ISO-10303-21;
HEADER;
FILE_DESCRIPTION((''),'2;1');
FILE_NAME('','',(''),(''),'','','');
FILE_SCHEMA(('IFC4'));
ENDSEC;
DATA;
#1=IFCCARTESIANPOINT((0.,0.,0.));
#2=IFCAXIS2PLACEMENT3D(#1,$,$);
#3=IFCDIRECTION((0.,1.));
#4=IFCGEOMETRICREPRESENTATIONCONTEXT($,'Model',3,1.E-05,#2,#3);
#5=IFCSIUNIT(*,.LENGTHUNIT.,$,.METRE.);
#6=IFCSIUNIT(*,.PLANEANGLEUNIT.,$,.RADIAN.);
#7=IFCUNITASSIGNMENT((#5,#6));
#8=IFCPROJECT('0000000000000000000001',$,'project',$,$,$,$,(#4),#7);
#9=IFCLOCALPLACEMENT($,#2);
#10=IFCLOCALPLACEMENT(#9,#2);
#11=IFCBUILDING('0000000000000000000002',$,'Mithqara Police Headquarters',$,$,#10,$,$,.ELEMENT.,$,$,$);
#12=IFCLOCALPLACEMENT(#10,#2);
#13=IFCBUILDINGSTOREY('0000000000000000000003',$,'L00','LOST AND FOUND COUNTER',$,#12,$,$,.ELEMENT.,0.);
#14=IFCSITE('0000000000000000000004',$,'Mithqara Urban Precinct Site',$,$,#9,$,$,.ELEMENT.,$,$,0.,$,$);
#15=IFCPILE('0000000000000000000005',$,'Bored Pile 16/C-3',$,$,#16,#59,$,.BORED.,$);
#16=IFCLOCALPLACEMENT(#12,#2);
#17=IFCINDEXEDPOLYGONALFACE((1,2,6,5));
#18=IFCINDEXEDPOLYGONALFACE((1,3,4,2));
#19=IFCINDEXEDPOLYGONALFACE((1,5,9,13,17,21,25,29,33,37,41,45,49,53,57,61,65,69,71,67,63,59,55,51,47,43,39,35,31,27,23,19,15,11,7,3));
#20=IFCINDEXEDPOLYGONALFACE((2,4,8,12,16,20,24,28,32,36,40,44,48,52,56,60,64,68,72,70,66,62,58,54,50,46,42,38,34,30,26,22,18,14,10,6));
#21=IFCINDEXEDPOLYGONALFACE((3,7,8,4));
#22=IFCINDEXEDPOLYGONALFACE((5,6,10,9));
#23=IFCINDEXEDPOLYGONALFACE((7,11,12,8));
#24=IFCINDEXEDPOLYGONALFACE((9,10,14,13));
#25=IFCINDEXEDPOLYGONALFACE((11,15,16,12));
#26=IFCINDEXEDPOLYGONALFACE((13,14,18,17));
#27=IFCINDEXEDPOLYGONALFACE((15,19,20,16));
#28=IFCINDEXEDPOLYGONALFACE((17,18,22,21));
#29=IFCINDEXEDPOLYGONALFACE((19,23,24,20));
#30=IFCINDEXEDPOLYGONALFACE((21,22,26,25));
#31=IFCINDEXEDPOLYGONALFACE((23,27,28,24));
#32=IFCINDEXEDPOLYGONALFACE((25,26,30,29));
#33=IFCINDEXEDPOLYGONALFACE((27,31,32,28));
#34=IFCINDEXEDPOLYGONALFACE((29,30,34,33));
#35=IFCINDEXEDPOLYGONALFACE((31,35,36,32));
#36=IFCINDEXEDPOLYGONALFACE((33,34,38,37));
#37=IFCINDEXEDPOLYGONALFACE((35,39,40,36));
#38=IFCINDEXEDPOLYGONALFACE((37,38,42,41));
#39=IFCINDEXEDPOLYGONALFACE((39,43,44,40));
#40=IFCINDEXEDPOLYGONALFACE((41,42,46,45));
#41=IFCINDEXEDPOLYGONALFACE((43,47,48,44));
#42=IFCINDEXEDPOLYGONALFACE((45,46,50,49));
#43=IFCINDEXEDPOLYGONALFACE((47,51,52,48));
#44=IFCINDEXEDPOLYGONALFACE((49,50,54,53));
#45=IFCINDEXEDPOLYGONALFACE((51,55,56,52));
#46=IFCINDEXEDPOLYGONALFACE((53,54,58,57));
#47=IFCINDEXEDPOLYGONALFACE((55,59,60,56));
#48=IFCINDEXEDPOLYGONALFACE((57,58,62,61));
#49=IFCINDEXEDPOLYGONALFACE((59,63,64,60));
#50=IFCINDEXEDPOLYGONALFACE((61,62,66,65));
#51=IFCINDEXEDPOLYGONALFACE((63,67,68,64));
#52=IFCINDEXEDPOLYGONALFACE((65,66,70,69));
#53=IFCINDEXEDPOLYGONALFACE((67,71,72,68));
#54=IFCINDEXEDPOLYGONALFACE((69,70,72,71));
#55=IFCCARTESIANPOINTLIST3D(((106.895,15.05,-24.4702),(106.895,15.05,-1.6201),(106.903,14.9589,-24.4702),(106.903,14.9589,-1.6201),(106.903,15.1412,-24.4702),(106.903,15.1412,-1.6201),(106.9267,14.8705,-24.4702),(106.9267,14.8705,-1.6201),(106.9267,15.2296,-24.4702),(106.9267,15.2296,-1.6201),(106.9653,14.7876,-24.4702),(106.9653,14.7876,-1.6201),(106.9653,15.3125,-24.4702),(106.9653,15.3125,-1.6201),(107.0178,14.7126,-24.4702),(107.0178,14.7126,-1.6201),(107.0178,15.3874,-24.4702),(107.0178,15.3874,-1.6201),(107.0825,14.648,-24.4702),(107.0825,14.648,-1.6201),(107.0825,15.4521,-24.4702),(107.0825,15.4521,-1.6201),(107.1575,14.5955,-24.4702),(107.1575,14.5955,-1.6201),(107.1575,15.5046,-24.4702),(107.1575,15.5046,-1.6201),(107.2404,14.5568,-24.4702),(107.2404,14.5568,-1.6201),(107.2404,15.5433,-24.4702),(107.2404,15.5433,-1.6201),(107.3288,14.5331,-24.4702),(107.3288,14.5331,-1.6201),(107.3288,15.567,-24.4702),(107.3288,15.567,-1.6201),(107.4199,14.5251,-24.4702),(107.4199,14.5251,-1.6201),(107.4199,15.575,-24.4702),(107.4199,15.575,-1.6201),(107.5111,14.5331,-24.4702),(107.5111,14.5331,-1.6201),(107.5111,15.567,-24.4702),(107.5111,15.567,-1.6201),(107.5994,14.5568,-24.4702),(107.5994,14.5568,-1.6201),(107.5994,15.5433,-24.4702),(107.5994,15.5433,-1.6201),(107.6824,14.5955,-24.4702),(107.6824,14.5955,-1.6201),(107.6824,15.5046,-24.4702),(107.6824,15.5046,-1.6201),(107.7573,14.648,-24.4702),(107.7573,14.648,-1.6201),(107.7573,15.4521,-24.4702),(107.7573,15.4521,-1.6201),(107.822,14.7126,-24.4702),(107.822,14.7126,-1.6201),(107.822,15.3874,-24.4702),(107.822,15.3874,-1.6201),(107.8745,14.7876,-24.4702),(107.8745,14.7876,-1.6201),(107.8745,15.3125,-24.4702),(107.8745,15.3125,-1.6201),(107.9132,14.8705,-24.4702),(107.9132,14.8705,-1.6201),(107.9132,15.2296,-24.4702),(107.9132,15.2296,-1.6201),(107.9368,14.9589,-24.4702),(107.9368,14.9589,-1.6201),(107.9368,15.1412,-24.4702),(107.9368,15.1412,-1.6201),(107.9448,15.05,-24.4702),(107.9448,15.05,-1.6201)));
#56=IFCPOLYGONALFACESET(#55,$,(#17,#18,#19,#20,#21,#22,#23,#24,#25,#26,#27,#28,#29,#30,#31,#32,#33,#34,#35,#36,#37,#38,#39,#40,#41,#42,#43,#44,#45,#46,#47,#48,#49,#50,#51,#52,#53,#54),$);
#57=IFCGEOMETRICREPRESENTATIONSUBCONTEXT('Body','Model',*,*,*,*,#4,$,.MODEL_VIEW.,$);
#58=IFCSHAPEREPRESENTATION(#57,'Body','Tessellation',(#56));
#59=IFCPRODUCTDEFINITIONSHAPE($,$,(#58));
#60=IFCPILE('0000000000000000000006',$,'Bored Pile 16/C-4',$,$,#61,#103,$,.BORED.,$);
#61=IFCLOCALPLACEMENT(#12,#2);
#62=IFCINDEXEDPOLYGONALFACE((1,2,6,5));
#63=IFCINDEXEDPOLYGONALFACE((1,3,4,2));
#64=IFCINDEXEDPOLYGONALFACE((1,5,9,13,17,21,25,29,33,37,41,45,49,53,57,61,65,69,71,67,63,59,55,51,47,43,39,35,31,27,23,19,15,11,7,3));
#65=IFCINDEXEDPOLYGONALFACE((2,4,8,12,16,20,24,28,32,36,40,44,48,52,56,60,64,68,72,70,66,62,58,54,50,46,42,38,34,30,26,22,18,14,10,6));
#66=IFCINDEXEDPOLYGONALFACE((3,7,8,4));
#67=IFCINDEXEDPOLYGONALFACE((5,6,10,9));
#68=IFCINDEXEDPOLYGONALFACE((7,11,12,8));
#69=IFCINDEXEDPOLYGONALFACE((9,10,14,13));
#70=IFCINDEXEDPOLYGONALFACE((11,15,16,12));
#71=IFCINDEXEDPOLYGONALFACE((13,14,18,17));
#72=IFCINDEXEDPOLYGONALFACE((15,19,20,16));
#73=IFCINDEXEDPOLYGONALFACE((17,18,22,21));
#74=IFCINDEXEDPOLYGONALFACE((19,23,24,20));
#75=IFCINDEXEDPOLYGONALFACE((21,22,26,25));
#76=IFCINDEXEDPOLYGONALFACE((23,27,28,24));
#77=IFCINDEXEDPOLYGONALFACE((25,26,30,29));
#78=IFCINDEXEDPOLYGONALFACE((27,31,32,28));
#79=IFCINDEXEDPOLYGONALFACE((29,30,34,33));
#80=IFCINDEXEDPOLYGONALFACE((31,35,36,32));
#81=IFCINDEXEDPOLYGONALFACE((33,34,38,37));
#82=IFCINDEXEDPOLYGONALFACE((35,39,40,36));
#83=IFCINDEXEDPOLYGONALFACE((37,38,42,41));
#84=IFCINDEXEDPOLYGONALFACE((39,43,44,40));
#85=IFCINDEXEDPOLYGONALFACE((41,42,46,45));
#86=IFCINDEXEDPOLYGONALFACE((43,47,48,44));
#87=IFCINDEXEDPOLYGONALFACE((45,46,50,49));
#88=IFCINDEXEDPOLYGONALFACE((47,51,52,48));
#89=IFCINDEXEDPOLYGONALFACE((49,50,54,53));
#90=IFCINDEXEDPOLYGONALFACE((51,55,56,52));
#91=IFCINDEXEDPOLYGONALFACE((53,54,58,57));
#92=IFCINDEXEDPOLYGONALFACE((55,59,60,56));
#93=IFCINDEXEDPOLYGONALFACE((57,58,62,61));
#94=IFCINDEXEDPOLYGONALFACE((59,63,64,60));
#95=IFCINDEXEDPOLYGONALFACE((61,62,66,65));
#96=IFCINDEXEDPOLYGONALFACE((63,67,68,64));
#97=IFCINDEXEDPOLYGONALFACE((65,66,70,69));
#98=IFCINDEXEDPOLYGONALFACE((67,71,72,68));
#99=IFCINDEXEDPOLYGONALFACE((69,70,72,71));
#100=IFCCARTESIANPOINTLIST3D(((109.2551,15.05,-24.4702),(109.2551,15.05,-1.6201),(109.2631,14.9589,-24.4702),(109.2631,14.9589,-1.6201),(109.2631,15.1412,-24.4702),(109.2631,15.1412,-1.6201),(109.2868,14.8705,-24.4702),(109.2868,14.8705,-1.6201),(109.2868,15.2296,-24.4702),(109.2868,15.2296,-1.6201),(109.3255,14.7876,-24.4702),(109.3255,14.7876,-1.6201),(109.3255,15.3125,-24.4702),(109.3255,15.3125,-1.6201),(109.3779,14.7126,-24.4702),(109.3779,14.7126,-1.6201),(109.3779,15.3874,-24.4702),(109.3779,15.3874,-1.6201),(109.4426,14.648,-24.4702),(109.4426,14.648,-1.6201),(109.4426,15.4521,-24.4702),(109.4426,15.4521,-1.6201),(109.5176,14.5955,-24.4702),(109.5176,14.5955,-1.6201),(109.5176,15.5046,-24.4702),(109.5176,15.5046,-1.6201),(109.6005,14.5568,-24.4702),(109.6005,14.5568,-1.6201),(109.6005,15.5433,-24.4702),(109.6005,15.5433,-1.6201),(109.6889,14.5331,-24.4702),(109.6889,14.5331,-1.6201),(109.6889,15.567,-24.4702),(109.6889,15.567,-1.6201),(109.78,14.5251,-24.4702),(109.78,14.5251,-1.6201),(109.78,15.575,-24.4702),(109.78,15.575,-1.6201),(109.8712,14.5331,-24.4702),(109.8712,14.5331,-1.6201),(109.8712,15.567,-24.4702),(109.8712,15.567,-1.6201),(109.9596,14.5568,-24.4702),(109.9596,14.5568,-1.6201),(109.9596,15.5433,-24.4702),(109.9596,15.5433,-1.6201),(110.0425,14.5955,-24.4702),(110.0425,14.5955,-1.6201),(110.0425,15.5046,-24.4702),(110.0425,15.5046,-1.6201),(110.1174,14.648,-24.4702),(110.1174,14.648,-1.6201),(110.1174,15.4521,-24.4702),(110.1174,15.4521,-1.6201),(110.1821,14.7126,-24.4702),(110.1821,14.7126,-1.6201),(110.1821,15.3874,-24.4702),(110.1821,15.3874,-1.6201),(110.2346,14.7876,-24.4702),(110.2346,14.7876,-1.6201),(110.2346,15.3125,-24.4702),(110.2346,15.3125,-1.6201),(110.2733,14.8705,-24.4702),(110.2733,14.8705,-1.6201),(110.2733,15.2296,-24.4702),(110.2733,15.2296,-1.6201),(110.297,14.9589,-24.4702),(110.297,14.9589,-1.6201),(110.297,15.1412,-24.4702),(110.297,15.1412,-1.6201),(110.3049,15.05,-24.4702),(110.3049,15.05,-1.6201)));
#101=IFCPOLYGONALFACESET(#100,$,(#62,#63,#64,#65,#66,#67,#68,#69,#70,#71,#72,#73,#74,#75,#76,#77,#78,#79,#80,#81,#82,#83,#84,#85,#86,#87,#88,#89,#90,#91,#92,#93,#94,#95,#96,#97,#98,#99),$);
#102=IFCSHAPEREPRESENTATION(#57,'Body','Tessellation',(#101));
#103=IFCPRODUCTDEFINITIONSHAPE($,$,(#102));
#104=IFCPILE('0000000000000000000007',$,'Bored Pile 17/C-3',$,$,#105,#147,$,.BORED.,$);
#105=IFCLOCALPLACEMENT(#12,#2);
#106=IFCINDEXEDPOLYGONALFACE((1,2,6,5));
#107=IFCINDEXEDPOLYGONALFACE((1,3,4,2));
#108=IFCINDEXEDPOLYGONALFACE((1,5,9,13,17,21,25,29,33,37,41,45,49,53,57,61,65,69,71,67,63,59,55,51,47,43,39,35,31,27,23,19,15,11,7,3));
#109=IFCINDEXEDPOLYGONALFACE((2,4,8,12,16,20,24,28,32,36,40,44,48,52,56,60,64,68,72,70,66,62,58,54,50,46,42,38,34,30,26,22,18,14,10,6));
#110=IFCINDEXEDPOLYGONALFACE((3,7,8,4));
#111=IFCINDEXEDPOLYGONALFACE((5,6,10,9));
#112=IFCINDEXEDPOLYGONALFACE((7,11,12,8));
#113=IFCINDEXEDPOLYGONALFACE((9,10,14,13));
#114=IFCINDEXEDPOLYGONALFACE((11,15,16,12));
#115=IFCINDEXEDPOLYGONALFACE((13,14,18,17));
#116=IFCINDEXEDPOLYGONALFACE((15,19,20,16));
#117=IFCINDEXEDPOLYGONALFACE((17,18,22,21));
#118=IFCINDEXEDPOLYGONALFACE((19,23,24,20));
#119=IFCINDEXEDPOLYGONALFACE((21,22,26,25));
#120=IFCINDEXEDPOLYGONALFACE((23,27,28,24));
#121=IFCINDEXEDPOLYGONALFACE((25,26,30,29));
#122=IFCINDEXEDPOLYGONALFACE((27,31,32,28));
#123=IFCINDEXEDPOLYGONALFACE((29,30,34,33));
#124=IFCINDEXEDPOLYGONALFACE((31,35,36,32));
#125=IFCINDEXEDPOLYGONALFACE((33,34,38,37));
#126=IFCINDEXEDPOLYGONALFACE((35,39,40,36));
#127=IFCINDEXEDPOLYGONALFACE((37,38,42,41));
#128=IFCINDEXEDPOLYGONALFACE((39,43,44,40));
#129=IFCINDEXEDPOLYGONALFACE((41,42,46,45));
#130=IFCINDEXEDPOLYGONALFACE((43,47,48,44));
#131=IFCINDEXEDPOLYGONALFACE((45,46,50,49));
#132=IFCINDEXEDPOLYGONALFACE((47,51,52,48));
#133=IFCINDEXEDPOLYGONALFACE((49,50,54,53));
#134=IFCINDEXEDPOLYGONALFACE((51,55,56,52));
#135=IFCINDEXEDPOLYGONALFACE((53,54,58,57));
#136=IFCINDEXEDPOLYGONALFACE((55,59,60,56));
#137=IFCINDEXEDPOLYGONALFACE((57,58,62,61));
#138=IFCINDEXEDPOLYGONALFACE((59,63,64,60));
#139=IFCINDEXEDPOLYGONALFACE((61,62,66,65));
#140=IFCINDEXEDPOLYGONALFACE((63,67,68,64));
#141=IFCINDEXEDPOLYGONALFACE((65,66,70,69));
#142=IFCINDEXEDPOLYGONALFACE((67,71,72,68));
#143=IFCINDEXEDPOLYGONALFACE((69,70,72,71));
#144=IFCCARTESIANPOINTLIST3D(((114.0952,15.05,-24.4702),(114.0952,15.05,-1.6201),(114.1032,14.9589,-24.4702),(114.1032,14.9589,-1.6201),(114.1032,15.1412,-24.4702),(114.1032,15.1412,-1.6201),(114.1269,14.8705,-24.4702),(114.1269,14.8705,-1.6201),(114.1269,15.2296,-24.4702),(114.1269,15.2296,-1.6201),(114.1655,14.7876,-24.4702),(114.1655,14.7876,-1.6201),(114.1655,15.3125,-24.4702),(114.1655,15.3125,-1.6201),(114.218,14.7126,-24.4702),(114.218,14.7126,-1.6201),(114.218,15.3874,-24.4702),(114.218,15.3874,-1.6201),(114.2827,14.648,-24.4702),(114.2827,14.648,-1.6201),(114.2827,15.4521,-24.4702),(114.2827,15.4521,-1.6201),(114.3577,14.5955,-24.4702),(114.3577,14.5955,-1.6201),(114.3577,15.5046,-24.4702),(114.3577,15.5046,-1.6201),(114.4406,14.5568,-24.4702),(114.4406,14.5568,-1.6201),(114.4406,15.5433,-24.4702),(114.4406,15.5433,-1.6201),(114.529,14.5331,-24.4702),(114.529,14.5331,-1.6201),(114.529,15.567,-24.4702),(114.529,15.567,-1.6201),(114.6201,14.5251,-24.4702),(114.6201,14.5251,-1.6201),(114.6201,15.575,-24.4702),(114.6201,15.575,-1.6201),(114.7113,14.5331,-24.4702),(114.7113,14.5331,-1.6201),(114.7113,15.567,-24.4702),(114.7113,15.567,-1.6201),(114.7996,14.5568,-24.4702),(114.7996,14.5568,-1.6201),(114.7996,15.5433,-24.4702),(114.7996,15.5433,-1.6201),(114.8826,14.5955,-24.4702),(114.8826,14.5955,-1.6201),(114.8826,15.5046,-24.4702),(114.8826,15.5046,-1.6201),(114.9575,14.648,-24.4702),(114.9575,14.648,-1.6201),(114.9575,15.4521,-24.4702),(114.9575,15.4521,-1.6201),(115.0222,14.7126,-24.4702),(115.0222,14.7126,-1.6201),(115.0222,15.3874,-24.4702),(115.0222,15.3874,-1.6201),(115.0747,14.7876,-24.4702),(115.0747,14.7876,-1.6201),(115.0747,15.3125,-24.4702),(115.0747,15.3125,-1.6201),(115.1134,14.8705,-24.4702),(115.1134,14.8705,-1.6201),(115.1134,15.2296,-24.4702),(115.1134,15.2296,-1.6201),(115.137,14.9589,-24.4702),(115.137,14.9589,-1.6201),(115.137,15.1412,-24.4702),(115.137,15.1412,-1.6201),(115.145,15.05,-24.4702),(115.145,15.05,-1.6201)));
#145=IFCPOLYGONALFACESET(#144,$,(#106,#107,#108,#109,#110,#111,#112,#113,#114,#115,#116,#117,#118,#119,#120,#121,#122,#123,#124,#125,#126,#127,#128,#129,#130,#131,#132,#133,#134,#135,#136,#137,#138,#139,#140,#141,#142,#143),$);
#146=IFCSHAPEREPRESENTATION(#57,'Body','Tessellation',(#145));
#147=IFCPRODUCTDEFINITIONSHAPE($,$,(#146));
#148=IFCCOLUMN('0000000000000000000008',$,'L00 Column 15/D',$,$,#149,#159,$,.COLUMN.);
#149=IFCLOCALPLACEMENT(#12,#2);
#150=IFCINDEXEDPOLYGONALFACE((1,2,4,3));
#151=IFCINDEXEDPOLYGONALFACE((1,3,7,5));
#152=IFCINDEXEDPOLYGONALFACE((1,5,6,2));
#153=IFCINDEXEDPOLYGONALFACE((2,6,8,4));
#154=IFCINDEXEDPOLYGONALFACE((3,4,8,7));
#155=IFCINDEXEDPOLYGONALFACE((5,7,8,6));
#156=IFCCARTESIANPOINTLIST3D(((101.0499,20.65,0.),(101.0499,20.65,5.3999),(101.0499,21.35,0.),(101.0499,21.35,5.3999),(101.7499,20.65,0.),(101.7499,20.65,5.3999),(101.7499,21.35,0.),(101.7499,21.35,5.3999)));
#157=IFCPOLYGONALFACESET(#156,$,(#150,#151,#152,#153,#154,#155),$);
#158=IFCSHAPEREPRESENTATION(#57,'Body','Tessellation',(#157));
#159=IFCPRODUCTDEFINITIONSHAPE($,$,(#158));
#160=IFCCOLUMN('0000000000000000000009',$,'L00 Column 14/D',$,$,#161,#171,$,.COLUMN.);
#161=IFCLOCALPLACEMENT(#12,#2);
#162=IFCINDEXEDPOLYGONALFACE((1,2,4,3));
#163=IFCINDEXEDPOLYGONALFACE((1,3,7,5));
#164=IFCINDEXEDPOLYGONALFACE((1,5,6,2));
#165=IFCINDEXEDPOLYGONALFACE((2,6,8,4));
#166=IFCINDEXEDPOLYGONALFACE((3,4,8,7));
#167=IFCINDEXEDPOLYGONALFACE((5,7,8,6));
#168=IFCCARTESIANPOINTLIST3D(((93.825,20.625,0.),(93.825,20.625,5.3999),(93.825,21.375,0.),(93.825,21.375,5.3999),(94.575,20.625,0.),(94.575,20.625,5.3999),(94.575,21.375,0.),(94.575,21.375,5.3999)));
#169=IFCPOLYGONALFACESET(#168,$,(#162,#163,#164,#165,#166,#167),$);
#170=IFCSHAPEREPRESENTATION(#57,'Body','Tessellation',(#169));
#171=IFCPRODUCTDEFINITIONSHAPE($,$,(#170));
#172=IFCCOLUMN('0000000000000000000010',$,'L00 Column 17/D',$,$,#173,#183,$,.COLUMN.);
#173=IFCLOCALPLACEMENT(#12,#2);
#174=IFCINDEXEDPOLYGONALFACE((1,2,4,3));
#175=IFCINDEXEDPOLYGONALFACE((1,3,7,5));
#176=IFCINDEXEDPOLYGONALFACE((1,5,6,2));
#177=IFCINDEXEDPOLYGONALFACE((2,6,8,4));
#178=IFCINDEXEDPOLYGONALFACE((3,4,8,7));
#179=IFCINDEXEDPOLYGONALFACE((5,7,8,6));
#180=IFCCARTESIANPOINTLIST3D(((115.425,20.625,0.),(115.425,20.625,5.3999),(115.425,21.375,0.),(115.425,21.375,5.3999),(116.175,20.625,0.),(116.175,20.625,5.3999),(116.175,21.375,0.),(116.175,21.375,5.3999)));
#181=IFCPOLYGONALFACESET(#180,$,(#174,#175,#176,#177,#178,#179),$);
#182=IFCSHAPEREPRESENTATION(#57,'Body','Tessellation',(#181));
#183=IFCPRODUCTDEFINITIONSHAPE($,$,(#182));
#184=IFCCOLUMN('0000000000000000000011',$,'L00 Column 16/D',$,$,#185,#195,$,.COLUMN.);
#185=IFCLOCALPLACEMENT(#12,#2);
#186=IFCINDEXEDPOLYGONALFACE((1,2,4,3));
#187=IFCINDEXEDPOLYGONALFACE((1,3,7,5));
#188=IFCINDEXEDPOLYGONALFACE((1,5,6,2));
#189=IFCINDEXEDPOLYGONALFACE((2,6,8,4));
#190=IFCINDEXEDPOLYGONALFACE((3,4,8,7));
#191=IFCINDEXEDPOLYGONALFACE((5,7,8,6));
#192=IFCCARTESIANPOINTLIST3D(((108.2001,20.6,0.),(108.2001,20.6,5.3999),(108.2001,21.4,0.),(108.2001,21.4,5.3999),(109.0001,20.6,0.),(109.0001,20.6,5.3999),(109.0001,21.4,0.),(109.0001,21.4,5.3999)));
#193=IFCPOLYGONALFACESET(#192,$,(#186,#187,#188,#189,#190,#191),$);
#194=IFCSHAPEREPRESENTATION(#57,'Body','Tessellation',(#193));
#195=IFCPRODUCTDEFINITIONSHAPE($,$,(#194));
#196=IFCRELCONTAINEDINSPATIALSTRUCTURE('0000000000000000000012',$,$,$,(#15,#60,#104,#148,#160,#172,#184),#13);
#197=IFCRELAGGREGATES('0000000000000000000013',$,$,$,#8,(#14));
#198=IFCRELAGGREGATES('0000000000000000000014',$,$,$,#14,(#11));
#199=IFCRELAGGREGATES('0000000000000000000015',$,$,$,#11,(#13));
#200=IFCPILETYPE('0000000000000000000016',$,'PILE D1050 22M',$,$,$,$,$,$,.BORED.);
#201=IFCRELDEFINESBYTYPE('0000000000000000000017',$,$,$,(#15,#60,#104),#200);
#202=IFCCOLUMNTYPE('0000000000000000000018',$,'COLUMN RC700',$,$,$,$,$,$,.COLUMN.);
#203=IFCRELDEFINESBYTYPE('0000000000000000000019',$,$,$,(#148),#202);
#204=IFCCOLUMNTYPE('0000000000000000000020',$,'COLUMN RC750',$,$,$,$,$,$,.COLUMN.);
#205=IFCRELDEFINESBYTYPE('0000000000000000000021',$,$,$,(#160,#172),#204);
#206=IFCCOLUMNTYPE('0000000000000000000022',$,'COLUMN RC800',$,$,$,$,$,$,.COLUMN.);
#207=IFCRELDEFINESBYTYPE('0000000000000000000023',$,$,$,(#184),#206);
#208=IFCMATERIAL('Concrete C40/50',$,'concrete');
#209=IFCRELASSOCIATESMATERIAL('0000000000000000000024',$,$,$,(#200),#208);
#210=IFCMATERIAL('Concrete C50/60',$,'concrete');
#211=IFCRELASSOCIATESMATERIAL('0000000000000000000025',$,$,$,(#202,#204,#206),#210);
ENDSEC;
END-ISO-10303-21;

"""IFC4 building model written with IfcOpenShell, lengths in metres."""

from ifc_helpers import new_model, si_unit, direction, frame, origin, origin_2d, place, context, subcontext, project, spatial, rectangle, circle, extrude, material, material_profile, profile_set, type_object, element, save


model = new_model("IFC4")

# Units and contexts
model_context = context("Model", 3, precision=1e-05, world=origin(), true_north=direction((0.0, 1.0)))
body_context = subcontext(model_context, "Body", "Model", "MODEL_VIEW")
ifc_project = project(units=[si_unit("LENGTHUNIT", "METRE"), si_unit("PLANEANGLEUNIT", "RADIAN")], contexts=[model_context])

# Site, building, storey
site_placement = place(None, origin())
site = spatial("IfcSite", under=ifc_project, at=site_placement, Name="Mithqara Urban Precinct Site", CompositionType="ELEMENT", RefElevation=0.0)
building_placement = place(site_placement, origin())
building = spatial("IfcBuilding", under=site, at=building_placement, Name="Mithqara Police Headquarters", CompositionType="ELEMENT")
storey_placement = place(building_placement, origin())
storey = spatial("IfcBuildingStorey", under=building, at=storey_placement, Name="L00", Description="LOST AND FOUND COUNTER", CompositionType="ELEMENT", Elevation=0.0)

# Piles
ifc_material_1 = material(Name="Concrete C40/50", Category="concrete")
ifc_material_profile_1 = material_profile(ifc_material_1, circle(Radius=0.5249, at=origin_2d()), Name="PILE D1050")
ifc_profile_set_1 = profile_set([ifc_material_profile_1], Name="Concrete C40/50")
pile_type = type_object("IfcPileType", Name="PILE D1050 22M", PredefinedType="BORED", material=ifc_profile_set_1)
for number, where, z_axis, x_axis, name in (
    (1, (107.4199, 15.05, -1.6201), (0.0, 0.0, -1.0), (1.0, 0.0, 0.0), "Bored Pile 16/C-3"),
    (2, (109.78, 15.05, -1.6201), (0.0, 0.0, -1.0), (1.0, 0.0, 0.0), "Bored Pile 16/C-4"),
    (3, (114.6201, 15.05, -1.6201), (0.0, 0.0, -1.0), (1.0, 0.0, 0.0), "Bored Pile 17/C-3"),
):
    element("IfcPile", number, at=place(storey_placement, frame(where, z_axis=z_axis, x_axis=x_axis)), inside=storey, type_object=pile_type, Name=name, PredefinedType="BORED", context=body_context, shape_type="SweptSolid", body=[
        extrude(circle(Radius=0.5249, at=origin_2d()), origin(), (0.0, 0.0, 1.0), 22.8501),
    ])

# Columns
ifc_material_2 = material(Name="Concrete C50/60", Category="concrete")
ifc_material_profile_2 = material_profile(ifc_material_2, rectangle(XDim=0.7, YDim=0.7, at=origin_2d()), Name="RC 700x700")
ifc_profile_set_2 = profile_set([ifc_material_profile_2], Name="Concrete C50/60")
column_type_1 = type_object("IfcColumnType", Name="COLUMN RC700", PredefinedType="COLUMN", material=ifc_profile_set_2)
column_1_placement = place(storey_placement, frame((101.3999, 21.0, 0.0), z_axis=(0.0, 0.0, 1.0), x_axis=(1.0, 0.0, 0.0)))
element("IfcColumn", 4, at=column_1_placement, inside=storey, type_object=column_type_1, Name="L00 Column 15/D", PredefinedType="COLUMN", context=body_context, shape_type="SweptSolid", body=[
    extrude(rectangle(XDim=0.7, YDim=0.7, at=origin_2d()), origin(), (0.0, 0.0, 1.0), 5.3999),
])
ifc_material_profile_3 = material_profile(ifc_material_2, rectangle(XDim=0.75, YDim=0.75, at=origin_2d()), Name="RC 750x750")
ifc_profile_set_3 = profile_set([ifc_material_profile_3], Name="Concrete C50/60")
column_type_2 = type_object("IfcColumnType", Name="COLUMN RC750", PredefinedType="COLUMN", material=ifc_profile_set_3)
for number, where, z_axis, x_axis, name in (
    (5, (94.2, 21.0, 0.0), (0.0, 0.0, 1.0), (1.0, 0.0, 0.0), "L00 Column 14/D"),
    (6, (115.8, 21.0, 0.0), (0.0, 0.0, 1.0), (1.0, 0.0, 0.0), "L00 Column 17/D"),
):
    element("IfcColumn", number, at=place(storey_placement, frame(where, z_axis=z_axis, x_axis=x_axis)), inside=storey, type_object=column_type_2, Name=name, PredefinedType="COLUMN", context=body_context, shape_type="SweptSolid", body=[
        extrude(rectangle(XDim=0.75, YDim=0.75, at=origin_2d()), origin(), (0.0, 0.0, 1.0), 5.3999),
    ])
ifc_material_profile_4 = material_profile(ifc_material_2, rectangle(XDim=0.8, YDim=0.8, at=origin_2d()), Name="RC 800x800")
ifc_profile_set_4 = profile_set([ifc_material_profile_4], Name="Concrete C50/60")
column_type_3 = type_object("IfcColumnType", Name="COLUMN RC800", PredefinedType="COLUMN", material=ifc_profile_set_4)
column_2_placement = place(storey_placement, frame((108.6001, 21.0, 0.0), z_axis=(0.0, 0.0, 1.0), x_axis=(1.0, 0.0, 0.0)))
element("IfcColumn", 7, at=column_2_placement, inside=storey, type_object=column_type_3, Name="L00 Column 16/D", PredefinedType="COLUMN", context=body_context, shape_type="SweptSolid", body=[
    extrude(rectangle(XDim=0.8, YDim=0.8, at=origin_2d()), origin(), (0.0, 0.0, 1.0), 5.3999),
])

save(model, "model.ifc")
